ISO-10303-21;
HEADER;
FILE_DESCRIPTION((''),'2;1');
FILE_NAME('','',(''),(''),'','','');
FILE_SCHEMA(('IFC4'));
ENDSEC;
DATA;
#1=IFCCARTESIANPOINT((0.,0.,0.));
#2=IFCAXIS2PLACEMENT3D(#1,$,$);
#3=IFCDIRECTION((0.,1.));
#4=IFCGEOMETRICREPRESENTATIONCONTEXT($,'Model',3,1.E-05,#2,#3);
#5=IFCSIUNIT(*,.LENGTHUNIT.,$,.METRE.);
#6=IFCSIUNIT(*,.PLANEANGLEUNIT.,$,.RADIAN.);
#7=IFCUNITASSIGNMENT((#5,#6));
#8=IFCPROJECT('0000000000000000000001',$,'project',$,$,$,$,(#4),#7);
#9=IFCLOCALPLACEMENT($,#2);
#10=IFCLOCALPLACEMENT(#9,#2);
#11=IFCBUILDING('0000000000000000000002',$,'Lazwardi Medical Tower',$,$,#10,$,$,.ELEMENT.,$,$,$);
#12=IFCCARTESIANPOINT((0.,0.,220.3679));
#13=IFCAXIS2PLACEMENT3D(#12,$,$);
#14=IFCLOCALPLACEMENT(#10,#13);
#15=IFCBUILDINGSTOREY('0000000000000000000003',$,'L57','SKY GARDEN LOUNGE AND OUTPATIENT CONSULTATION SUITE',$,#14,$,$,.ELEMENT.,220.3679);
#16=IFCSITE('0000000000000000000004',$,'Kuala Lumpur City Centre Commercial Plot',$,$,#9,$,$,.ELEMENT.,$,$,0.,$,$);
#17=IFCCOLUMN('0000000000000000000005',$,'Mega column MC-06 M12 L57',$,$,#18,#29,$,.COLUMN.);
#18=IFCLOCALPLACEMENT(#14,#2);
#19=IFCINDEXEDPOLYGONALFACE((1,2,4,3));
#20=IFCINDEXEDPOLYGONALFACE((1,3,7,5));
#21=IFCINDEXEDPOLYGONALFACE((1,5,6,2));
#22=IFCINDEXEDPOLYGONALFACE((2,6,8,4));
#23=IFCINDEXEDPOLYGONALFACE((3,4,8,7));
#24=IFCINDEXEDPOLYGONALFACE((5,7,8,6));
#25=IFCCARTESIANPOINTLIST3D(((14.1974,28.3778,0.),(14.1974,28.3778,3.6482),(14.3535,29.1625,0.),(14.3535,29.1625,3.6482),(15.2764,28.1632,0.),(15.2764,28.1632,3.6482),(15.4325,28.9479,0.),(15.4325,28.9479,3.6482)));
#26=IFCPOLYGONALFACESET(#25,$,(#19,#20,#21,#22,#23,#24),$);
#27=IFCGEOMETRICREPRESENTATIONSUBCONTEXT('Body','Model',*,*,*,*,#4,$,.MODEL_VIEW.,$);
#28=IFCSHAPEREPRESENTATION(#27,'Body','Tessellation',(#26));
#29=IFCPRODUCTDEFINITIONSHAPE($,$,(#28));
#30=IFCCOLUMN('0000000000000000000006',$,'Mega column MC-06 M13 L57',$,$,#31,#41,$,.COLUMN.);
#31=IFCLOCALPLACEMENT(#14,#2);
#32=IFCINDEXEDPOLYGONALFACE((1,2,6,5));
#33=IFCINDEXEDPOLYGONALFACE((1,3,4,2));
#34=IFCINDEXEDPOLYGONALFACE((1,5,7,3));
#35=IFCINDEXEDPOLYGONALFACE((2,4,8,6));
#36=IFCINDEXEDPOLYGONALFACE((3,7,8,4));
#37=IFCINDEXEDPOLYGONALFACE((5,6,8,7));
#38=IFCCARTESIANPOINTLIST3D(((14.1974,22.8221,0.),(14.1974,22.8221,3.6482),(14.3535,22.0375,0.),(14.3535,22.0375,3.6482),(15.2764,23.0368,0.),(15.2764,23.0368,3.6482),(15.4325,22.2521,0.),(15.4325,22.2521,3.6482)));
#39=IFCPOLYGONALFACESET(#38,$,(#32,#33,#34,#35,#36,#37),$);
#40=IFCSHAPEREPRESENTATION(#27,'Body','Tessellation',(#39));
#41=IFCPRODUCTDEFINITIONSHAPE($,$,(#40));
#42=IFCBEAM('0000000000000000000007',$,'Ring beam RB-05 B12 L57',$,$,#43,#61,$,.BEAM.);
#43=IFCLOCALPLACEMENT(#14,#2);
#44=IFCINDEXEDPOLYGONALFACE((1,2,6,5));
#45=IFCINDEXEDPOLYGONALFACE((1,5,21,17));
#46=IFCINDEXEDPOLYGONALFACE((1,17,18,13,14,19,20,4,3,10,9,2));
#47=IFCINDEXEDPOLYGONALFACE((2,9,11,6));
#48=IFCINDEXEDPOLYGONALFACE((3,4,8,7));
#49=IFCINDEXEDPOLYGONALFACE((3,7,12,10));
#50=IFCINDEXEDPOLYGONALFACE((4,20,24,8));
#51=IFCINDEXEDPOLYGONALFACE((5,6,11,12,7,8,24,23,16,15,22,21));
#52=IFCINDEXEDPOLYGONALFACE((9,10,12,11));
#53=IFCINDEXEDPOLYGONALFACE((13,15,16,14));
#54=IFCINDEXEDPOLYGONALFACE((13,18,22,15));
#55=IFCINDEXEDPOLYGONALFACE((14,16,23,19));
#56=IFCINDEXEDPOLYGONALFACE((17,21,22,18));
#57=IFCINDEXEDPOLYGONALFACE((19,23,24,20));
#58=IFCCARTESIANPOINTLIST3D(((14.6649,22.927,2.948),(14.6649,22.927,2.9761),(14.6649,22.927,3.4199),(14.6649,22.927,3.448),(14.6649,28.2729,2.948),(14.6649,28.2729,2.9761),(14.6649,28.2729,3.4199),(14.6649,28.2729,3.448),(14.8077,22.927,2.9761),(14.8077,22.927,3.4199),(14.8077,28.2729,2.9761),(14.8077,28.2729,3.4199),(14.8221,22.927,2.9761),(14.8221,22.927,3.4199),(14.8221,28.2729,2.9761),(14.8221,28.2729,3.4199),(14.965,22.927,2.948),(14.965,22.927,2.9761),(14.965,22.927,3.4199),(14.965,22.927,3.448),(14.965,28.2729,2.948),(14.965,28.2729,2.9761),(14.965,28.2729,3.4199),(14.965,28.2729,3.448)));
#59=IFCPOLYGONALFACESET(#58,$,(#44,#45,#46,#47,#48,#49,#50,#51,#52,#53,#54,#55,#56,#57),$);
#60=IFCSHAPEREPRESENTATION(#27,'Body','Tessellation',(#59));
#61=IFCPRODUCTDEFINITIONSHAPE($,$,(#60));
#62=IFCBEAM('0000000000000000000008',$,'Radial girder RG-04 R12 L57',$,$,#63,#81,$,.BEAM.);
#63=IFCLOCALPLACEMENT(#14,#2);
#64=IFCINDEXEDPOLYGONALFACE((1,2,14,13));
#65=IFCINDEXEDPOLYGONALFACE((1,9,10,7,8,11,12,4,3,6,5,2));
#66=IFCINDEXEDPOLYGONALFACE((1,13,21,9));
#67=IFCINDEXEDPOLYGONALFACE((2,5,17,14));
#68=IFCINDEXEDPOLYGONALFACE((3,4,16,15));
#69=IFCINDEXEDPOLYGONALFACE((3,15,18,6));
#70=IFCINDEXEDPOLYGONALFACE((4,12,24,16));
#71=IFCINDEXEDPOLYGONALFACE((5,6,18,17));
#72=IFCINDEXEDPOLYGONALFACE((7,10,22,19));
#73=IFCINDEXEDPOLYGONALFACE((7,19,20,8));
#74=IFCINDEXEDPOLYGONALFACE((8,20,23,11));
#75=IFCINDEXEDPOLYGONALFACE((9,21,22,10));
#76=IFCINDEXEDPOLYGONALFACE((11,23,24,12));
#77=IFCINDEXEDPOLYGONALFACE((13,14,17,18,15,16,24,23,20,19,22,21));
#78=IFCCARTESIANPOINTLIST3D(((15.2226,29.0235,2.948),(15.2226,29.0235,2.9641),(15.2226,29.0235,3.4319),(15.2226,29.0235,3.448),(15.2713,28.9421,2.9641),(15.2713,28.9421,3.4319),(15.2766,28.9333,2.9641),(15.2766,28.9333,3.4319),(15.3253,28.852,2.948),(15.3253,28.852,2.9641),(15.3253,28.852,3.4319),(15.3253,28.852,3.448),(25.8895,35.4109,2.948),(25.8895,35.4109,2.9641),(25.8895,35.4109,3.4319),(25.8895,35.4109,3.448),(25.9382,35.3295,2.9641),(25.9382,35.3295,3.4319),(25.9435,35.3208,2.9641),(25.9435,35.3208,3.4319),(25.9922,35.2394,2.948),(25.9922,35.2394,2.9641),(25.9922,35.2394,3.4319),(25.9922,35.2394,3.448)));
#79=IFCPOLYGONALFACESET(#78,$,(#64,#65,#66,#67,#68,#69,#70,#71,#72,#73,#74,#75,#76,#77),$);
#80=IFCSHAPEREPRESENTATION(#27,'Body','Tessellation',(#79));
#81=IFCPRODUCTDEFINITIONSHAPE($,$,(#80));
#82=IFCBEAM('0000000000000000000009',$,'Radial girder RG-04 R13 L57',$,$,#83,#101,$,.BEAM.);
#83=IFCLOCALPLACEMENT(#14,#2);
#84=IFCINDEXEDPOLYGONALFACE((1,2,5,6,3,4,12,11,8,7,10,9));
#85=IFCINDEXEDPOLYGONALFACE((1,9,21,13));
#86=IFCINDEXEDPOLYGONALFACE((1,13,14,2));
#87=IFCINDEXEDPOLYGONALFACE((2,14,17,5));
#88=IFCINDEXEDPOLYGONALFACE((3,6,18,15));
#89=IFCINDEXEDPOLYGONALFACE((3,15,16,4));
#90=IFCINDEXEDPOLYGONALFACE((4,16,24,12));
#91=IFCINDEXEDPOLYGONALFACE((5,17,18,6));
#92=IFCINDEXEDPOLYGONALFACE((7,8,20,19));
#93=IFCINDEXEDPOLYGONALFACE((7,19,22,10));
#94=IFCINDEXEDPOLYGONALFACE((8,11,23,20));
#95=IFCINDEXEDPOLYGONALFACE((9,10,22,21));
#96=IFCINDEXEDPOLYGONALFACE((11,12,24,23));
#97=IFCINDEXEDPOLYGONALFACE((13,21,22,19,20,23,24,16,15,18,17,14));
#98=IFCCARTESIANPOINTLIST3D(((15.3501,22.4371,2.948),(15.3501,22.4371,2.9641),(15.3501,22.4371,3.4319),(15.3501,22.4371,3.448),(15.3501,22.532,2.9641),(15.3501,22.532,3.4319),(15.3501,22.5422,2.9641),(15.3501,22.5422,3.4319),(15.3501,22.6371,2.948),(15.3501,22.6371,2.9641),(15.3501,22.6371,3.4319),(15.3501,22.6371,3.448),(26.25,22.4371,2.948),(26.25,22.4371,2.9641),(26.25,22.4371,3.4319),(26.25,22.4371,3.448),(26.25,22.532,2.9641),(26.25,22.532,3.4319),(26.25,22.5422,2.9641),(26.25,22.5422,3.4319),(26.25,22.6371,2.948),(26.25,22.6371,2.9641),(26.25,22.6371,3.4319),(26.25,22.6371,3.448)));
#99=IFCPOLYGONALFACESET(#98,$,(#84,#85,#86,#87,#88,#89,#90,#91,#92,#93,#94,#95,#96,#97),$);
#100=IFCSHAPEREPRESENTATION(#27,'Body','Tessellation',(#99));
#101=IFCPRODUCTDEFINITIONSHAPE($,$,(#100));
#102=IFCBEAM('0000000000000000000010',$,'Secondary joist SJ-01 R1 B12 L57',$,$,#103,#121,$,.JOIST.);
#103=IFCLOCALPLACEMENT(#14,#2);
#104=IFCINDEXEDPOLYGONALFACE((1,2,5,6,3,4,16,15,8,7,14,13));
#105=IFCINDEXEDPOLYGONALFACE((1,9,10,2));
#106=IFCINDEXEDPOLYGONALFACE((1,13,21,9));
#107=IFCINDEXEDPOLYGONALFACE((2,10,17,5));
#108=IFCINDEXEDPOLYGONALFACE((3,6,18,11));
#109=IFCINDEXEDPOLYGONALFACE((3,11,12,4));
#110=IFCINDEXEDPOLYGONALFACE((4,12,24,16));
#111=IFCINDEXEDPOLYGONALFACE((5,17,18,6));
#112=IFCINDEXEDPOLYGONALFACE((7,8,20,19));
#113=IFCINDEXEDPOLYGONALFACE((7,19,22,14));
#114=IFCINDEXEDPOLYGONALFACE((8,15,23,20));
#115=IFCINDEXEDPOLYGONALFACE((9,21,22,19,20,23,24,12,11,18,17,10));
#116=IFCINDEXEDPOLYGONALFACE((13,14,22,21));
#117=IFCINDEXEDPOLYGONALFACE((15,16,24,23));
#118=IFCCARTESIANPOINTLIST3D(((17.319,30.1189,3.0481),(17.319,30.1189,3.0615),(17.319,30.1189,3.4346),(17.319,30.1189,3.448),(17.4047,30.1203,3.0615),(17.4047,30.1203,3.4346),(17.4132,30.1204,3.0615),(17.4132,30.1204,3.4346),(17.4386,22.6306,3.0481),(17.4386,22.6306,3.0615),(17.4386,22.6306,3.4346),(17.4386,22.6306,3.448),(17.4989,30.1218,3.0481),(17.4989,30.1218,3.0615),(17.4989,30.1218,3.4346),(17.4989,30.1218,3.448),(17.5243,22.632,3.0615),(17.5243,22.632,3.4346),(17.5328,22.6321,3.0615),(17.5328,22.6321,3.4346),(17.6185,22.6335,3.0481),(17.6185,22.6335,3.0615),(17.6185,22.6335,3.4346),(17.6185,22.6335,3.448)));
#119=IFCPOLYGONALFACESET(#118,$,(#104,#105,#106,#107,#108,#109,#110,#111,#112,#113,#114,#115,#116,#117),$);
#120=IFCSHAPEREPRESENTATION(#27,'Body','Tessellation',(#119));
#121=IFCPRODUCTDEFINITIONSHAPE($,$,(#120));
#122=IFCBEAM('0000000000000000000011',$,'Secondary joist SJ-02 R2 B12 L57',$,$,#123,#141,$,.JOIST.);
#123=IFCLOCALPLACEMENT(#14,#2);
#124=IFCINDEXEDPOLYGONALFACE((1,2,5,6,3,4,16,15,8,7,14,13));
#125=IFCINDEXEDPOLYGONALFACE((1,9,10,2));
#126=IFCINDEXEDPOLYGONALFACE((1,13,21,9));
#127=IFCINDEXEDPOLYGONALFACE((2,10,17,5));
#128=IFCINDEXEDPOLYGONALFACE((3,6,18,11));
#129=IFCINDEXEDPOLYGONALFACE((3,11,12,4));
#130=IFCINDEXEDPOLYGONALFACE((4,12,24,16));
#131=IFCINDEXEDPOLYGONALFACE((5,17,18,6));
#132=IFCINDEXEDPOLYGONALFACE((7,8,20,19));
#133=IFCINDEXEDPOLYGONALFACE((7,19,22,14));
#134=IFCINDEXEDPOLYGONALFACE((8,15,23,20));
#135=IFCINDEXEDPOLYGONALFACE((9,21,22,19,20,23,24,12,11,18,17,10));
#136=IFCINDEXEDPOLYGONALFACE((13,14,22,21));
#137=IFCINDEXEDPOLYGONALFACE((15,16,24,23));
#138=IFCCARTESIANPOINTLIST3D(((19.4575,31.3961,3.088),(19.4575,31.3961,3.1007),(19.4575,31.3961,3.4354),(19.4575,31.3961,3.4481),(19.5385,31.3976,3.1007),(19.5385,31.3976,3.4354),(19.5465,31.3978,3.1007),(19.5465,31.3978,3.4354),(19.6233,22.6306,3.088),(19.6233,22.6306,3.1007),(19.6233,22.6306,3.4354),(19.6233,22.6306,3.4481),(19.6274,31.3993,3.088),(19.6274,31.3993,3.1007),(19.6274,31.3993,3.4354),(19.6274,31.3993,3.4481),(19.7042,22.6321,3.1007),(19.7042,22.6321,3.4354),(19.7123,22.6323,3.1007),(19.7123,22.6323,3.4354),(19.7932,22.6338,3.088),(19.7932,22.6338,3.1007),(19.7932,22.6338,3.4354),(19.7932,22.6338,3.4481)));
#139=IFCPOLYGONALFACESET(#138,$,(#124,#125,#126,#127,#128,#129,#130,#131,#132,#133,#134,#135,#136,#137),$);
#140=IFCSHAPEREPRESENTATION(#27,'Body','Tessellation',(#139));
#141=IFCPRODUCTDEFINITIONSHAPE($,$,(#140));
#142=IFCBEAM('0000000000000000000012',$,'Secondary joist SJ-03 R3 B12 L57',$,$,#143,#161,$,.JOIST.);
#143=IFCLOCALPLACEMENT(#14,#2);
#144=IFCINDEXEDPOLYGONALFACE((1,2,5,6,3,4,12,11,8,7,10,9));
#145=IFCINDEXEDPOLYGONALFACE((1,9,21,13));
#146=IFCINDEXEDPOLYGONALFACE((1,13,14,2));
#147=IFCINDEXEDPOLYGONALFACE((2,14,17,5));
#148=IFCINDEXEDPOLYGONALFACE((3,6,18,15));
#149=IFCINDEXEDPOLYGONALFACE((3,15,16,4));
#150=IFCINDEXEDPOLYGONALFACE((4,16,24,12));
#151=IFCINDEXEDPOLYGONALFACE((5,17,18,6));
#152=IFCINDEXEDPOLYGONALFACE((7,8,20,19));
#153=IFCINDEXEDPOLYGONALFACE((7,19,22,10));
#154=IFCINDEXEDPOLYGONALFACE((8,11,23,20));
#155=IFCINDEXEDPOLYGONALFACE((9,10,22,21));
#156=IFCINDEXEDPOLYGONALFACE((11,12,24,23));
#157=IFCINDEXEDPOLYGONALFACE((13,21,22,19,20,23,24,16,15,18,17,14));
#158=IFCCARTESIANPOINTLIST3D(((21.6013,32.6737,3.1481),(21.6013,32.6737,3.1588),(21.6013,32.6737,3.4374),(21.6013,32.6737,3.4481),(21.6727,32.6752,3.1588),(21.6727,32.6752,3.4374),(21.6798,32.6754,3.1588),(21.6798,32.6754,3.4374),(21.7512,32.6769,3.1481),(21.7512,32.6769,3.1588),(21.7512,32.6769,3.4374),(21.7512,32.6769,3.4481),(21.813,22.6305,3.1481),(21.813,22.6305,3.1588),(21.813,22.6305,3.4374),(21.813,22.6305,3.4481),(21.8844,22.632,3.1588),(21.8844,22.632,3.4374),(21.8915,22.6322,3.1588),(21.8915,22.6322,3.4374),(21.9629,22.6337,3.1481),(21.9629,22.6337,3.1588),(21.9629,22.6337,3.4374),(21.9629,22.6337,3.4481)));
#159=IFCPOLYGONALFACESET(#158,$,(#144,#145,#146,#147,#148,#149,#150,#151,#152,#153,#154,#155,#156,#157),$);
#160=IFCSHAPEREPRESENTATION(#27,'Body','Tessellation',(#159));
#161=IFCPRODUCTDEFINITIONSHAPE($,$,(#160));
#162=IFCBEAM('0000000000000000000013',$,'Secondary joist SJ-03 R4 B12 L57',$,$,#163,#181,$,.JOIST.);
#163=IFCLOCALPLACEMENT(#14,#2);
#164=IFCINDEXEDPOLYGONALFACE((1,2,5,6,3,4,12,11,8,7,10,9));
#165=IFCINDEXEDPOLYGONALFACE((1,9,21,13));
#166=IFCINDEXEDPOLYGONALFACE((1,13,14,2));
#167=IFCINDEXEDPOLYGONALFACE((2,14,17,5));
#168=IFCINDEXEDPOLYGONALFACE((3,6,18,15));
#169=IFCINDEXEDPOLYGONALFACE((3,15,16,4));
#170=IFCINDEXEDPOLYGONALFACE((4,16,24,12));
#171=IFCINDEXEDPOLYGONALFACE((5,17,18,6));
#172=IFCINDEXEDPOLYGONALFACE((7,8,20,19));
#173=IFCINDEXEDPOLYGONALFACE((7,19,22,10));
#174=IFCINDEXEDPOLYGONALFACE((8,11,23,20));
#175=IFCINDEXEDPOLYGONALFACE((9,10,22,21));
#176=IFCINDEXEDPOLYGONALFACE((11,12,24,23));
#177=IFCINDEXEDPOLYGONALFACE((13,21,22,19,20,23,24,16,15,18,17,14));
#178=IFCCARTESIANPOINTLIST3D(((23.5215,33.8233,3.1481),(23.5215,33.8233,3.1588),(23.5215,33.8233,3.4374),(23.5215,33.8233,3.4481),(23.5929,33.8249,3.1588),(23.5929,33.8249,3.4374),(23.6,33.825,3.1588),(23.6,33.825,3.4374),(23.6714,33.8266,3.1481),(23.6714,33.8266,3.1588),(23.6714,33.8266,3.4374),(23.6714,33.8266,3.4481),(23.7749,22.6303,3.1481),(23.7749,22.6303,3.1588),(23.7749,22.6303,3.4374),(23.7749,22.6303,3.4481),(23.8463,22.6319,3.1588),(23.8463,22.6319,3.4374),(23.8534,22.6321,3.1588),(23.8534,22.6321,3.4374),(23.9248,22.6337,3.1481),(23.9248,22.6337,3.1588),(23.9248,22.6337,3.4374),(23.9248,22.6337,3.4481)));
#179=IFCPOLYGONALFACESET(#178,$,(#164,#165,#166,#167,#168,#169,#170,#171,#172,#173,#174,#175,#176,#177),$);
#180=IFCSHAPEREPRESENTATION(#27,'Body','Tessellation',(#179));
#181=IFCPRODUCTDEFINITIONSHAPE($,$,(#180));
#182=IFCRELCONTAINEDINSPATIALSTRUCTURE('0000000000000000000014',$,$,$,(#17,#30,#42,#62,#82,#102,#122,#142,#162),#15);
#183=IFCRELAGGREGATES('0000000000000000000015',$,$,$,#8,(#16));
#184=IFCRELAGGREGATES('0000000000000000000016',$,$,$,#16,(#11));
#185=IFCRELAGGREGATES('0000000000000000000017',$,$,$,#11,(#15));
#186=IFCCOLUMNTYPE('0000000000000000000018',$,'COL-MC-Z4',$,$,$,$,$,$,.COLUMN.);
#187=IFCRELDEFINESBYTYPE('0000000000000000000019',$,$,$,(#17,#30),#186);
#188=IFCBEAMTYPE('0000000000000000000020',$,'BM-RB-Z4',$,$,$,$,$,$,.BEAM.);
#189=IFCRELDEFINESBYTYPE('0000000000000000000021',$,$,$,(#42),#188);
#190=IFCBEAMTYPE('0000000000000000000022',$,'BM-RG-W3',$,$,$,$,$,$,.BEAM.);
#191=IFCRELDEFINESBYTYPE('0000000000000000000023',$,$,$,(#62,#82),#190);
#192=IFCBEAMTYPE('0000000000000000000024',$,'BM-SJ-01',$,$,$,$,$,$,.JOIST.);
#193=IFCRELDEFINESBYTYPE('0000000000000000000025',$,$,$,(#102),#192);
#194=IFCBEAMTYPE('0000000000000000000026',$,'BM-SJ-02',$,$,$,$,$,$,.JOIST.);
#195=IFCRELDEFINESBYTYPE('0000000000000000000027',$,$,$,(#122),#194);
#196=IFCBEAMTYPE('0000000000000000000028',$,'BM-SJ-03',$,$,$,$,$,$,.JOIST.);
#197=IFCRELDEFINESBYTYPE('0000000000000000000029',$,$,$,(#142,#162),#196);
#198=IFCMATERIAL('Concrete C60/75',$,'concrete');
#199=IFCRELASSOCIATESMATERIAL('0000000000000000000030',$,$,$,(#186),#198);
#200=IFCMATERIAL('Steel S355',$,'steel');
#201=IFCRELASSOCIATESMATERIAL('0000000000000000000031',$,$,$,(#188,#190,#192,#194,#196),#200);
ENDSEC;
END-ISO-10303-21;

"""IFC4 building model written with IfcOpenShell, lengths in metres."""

from ifc_helpers import new_model, si_unit, direction, frame, origin, origin_2d, place, context, subcontext, project, spatial, rectangle, i_section, extrude, material, material_profile, profile_set, type_object, element, save


model = new_model("IFC4")

# Units and contexts
model_context = context("Model", 3, precision=1e-05, world=origin(), true_north=direction((0.0, 1.0)))
body_context = subcontext(model_context, "Body", "Model", "MODEL_VIEW")
ifc_project = project(units=[si_unit("LENGTHUNIT", "METRE"), si_unit("PLANEANGLEUNIT", "RADIAN")], contexts=[model_context])

# Site, building, storey
site_placement = place(None, origin())
site = spatial("IfcSite", under=ifc_project, at=site_placement, Name="Kuala Lumpur City Centre Commercial Plot", CompositionType="ELEMENT", RefElevation=0.0)
building_placement = place(site_placement, origin())
building = spatial("IfcBuilding", under=site, at=building_placement, Name="Lazwardi Medical Tower", CompositionType="ELEMENT")
storey_placement = place(building_placement, frame((0.0, 0.0, 220.3679)))
storey = spatial("IfcBuildingStorey", under=building, at=storey_placement, Name="L57", Description="SKY GARDEN LOUNGE AND OUTPATIENT CONSULTATION SUITE", CompositionType="ELEMENT", Elevation=220.3679)

# Columns
ifc_material_1 = material(Name="Concrete C60/75", Category="concrete")
ifc_material_profile_1 = material_profile(ifc_material_1, rectangle(XDim=1.1001, YDim=0.8, at=origin_2d()), Name="CFT-RECT 1100x800")
ifc_profile_set_1 = profile_set([ifc_material_profile_1], Name="Concrete C60/75")
column_type = type_object("IfcColumnType", Name="COL-MC-Z4", PredefinedType="COLUMN", material=ifc_profile_set_1)
for number, where, z_axis, x_axis, name in (
    (1, (14.8149, 28.6628, 0.0), (0.0, 0.0, 1.0), (-0.980785, 0.19509, 0.0), "Mega column MC-06 M12 L57"),
    (2, (14.8149, 22.5371, 0.0), (0.0, 0.0, 1.0), (-0.980785, -0.19509, 0.0), "Mega column MC-06 M13 L57"),
):
    element("IfcColumn", number, at=place(storey_placement, frame(where, z_axis=z_axis, x_axis=x_axis)), inside=storey, type_object=column_type, Name=name, PredefinedType="COLUMN", context=body_context, shape_type="SweptSolid", body=[
        extrude(rectangle(XDim=1.1001, YDim=0.8, at=origin_2d()), origin(), (0.0, 0.0, 1.0), 3.6482),
    ])

# Beams
ifc_material_2 = material(Name="Steel S355", Category="steel")
ifc_material_profile_2 = material_profile(ifc_material_2, i_section(OverallWidth=0.3, OverallDepth=0.5, WebThickness=0.0144, FlangeThickness=0.0281, at=origin_2d()), Name="HEB 500")
ifc_profile_set_2 = profile_set([ifc_material_profile_2], Name="Steel S355")
beam_type_1 = type_object("IfcBeamType", Name="BM-RB-Z4", PredefinedType="BEAM", material=ifc_profile_set_2)
beam_1_placement = place(storey_placement, frame((14.8149, 28.2729, 3.198), z_axis=(0.0, -1.0, 0.0), x_axis=(1.0, 0.0, 0.0)))
element("IfcBeam", 3, at=beam_1_placement, inside=storey, type_object=beam_type_1, Name="Ring beam RB-05 B12 L57", PredefinedType="BEAM", context=body_context, shape_type="SweptSolid", body=[
    extrude(i_section(OverallWidth=0.3, OverallDepth=0.5, WebThickness=0.0144, FlangeThickness=0.0281, at=origin_2d()), origin(), (0.0, 0.0, 1.0), 5.3459),
])
ifc_material_profile_3 = material_profile(ifc_material_2, i_section(OverallWidth=0.2, OverallDepth=0.5, WebThickness=0.0103, FlangeThickness=0.0161, at=origin_2d()), Name="IPE 500")
ifc_profile_set_3 = profile_set([ifc_material_profile_3], Name="Steel S355")
beam_type_2 = type_object("IfcBeamType", Name="BM-RG-W3", PredefinedType="BEAM", material=ifc_profile_set_3)
beam_2_placement = place(storey_placement, frame((15.2739, 28.9377, 3.198), z_axis=(0.857945, 0.513742, 0.0), x_axis=(-0.513742, 0.857945, 0.0)))
element("IfcBeam", 4, at=beam_2_placement, inside=storey, type_object=beam_type_2, Name="Radial girder RG-04 R12 L57", PredefinedType="BEAM", context=body_context, shape_type="SweptSolid", body=[
    extrude(i_section(OverallWidth=0.2, OverallDepth=0.5, WebThickness=0.0103, FlangeThickness=0.0161, at=origin_2d()), origin(), (0.0, 0.0, 1.0), 12.4331),
])
beam_3_placement = place(storey_placement, frame((15.3501, 22.5371, 3.198), z_axis=(1.0, 0.0, 0.0), x_axis=(0.0, 1.0, 0.0)))
element("IfcBeam", 5, at=beam_3_placement, inside=storey, type_object=beam_type_2, Name="Radial girder RG-04 R13 L57", PredefinedType="BEAM", context=body_context, shape_type="SweptSolid", body=[
    extrude(i_section(OverallWidth=0.2, OverallDepth=0.5, WebThickness=0.0103, FlangeThickness=0.0161, at=origin_2d()), origin(), (0.0, 0.0, 1.0), 10.8999),
])
ifc_material_profile_4 = material_profile(ifc_material_2, i_section(OverallWidth=0.1799, OverallDepth=0.3999, WebThickness=0.0085, FlangeThickness=0.0134, at=origin_2d()), Name="IPE 400")
ifc_profile_set_4 = profile_set([ifc_material_profile_4], Name="Steel S355")
beam_type_3 = type_object("IfcBeamType", Name="BM-SJ-01", PredefinedType="JOIST", material=ifc_profile_set_4)
beam_4_placement = place(storey_placement, frame((17.4089, 30.1204, 3.248), z_axis=(0.015973, -0.999872, 0.0), x_axis=(0.999872, 0.015973, 0.0)))
element("IfcBeam", 6, at=beam_4_placement, inside=storey, type_object=beam_type_3, Name="Secondary joist SJ-01 R1 B12 L57", PredefinedType="JOIST", context=body_context, shape_type="SweptSolid", body=[
    extrude(i_section(OverallWidth=0.1799, OverallDepth=0.3999, WebThickness=0.0085, FlangeThickness=0.0134, at=origin_2d()), origin(), (0.0, 0.0, 1.0), 7.4893),
])
ifc_material_profile_5 = material_profile(ifc_material_2, i_section(OverallWidth=0.1699, OverallDepth=0.3601, WebThickness=0.0081, FlangeThickness=0.0127, at=origin_2d()), Name="IPE 360")
ifc_profile_set_5 = profile_set([ifc_material_profile_5], Name="Steel S355")
beam_type_4 = type_object("IfcBeamType", Name="BM-SJ-02", PredefinedType="JOIST", material=ifc_profile_set_5)
beam_5_placement = place(storey_placement, frame((19.5425, 31.3977, 3.2681), z_axis=(0.018908, -0.999821, 0.0), x_axis=(0.999821, 0.018908, 0.0)))
element("IfcBeam", 7, at=beam_5_placement, inside=storey, type_object=beam_type_4, Name="Secondary joist SJ-02 R2 B12 L57", PredefinedType="JOIST", context=body_context, shape_type="SweptSolid", body=[
    extrude(i_section(OverallWidth=0.1699, OverallDepth=0.3601, WebThickness=0.0081, FlangeThickness=0.0127, at=origin_2d()), origin(), (0.0, 0.0, 1.0), 8.7671),
])
ifc_material_profile_6 = material_profile(ifc_material_2, i_section(OverallWidth=0.1499, OverallDepth=0.3, WebThickness=0.0071, FlangeThickness=0.0107, at=origin_2d()), Name="IPE 300")
ifc_profile_set_6 = profile_set([ifc_material_profile_6], Name="Steel S355")
beam_type_5 = type_object("IfcBeamType", Name="BM-SJ-03", PredefinedType="JOIST", material=ifc_profile_set_6)
beam_6_placement = place(storey_placement, frame((21.6763, 32.6753, 3.2981), z_axis=(0.021071, -0.999778, 0.0), x_axis=(0.999778, 0.021071, 0.0)))
element("IfcBeam", 8, at=beam_6_placement, inside=storey, type_object=beam_type_5, Name="Secondary joist SJ-03 R3 B12 L57", PredefinedType="JOIST", context=body_context, shape_type="SweptSolid", body=[
    extrude(i_section(OverallWidth=0.1499, OverallDepth=0.3, WebThickness=0.0071, FlangeThickness=0.0107, at=origin_2d()), origin(), (0.0, 0.0, 1.0), 10.0454),
])
beam_7_placement = place(storey_placement, frame((23.5964, 33.825, 3.2981), z_axis=(0.022635, -0.999744, 0.0), x_axis=(0.999744, 0.022635, 0.0)))
element("IfcBeam", 9, at=beam_7_placement, inside=storey, type_object=beam_type_5, Name="Secondary joist SJ-03 R4 B12 L57", PredefinedType="JOIST", context=body_context, shape_type="SweptSolid", body=[
    extrude(i_section(OverallWidth=0.1499, OverallDepth=0.3, WebThickness=0.0071, FlangeThickness=0.0107, at=origin_2d()), origin(), (0.0, 0.0, 1.0), 11.1958),
])

save(model, "model.ifc")
